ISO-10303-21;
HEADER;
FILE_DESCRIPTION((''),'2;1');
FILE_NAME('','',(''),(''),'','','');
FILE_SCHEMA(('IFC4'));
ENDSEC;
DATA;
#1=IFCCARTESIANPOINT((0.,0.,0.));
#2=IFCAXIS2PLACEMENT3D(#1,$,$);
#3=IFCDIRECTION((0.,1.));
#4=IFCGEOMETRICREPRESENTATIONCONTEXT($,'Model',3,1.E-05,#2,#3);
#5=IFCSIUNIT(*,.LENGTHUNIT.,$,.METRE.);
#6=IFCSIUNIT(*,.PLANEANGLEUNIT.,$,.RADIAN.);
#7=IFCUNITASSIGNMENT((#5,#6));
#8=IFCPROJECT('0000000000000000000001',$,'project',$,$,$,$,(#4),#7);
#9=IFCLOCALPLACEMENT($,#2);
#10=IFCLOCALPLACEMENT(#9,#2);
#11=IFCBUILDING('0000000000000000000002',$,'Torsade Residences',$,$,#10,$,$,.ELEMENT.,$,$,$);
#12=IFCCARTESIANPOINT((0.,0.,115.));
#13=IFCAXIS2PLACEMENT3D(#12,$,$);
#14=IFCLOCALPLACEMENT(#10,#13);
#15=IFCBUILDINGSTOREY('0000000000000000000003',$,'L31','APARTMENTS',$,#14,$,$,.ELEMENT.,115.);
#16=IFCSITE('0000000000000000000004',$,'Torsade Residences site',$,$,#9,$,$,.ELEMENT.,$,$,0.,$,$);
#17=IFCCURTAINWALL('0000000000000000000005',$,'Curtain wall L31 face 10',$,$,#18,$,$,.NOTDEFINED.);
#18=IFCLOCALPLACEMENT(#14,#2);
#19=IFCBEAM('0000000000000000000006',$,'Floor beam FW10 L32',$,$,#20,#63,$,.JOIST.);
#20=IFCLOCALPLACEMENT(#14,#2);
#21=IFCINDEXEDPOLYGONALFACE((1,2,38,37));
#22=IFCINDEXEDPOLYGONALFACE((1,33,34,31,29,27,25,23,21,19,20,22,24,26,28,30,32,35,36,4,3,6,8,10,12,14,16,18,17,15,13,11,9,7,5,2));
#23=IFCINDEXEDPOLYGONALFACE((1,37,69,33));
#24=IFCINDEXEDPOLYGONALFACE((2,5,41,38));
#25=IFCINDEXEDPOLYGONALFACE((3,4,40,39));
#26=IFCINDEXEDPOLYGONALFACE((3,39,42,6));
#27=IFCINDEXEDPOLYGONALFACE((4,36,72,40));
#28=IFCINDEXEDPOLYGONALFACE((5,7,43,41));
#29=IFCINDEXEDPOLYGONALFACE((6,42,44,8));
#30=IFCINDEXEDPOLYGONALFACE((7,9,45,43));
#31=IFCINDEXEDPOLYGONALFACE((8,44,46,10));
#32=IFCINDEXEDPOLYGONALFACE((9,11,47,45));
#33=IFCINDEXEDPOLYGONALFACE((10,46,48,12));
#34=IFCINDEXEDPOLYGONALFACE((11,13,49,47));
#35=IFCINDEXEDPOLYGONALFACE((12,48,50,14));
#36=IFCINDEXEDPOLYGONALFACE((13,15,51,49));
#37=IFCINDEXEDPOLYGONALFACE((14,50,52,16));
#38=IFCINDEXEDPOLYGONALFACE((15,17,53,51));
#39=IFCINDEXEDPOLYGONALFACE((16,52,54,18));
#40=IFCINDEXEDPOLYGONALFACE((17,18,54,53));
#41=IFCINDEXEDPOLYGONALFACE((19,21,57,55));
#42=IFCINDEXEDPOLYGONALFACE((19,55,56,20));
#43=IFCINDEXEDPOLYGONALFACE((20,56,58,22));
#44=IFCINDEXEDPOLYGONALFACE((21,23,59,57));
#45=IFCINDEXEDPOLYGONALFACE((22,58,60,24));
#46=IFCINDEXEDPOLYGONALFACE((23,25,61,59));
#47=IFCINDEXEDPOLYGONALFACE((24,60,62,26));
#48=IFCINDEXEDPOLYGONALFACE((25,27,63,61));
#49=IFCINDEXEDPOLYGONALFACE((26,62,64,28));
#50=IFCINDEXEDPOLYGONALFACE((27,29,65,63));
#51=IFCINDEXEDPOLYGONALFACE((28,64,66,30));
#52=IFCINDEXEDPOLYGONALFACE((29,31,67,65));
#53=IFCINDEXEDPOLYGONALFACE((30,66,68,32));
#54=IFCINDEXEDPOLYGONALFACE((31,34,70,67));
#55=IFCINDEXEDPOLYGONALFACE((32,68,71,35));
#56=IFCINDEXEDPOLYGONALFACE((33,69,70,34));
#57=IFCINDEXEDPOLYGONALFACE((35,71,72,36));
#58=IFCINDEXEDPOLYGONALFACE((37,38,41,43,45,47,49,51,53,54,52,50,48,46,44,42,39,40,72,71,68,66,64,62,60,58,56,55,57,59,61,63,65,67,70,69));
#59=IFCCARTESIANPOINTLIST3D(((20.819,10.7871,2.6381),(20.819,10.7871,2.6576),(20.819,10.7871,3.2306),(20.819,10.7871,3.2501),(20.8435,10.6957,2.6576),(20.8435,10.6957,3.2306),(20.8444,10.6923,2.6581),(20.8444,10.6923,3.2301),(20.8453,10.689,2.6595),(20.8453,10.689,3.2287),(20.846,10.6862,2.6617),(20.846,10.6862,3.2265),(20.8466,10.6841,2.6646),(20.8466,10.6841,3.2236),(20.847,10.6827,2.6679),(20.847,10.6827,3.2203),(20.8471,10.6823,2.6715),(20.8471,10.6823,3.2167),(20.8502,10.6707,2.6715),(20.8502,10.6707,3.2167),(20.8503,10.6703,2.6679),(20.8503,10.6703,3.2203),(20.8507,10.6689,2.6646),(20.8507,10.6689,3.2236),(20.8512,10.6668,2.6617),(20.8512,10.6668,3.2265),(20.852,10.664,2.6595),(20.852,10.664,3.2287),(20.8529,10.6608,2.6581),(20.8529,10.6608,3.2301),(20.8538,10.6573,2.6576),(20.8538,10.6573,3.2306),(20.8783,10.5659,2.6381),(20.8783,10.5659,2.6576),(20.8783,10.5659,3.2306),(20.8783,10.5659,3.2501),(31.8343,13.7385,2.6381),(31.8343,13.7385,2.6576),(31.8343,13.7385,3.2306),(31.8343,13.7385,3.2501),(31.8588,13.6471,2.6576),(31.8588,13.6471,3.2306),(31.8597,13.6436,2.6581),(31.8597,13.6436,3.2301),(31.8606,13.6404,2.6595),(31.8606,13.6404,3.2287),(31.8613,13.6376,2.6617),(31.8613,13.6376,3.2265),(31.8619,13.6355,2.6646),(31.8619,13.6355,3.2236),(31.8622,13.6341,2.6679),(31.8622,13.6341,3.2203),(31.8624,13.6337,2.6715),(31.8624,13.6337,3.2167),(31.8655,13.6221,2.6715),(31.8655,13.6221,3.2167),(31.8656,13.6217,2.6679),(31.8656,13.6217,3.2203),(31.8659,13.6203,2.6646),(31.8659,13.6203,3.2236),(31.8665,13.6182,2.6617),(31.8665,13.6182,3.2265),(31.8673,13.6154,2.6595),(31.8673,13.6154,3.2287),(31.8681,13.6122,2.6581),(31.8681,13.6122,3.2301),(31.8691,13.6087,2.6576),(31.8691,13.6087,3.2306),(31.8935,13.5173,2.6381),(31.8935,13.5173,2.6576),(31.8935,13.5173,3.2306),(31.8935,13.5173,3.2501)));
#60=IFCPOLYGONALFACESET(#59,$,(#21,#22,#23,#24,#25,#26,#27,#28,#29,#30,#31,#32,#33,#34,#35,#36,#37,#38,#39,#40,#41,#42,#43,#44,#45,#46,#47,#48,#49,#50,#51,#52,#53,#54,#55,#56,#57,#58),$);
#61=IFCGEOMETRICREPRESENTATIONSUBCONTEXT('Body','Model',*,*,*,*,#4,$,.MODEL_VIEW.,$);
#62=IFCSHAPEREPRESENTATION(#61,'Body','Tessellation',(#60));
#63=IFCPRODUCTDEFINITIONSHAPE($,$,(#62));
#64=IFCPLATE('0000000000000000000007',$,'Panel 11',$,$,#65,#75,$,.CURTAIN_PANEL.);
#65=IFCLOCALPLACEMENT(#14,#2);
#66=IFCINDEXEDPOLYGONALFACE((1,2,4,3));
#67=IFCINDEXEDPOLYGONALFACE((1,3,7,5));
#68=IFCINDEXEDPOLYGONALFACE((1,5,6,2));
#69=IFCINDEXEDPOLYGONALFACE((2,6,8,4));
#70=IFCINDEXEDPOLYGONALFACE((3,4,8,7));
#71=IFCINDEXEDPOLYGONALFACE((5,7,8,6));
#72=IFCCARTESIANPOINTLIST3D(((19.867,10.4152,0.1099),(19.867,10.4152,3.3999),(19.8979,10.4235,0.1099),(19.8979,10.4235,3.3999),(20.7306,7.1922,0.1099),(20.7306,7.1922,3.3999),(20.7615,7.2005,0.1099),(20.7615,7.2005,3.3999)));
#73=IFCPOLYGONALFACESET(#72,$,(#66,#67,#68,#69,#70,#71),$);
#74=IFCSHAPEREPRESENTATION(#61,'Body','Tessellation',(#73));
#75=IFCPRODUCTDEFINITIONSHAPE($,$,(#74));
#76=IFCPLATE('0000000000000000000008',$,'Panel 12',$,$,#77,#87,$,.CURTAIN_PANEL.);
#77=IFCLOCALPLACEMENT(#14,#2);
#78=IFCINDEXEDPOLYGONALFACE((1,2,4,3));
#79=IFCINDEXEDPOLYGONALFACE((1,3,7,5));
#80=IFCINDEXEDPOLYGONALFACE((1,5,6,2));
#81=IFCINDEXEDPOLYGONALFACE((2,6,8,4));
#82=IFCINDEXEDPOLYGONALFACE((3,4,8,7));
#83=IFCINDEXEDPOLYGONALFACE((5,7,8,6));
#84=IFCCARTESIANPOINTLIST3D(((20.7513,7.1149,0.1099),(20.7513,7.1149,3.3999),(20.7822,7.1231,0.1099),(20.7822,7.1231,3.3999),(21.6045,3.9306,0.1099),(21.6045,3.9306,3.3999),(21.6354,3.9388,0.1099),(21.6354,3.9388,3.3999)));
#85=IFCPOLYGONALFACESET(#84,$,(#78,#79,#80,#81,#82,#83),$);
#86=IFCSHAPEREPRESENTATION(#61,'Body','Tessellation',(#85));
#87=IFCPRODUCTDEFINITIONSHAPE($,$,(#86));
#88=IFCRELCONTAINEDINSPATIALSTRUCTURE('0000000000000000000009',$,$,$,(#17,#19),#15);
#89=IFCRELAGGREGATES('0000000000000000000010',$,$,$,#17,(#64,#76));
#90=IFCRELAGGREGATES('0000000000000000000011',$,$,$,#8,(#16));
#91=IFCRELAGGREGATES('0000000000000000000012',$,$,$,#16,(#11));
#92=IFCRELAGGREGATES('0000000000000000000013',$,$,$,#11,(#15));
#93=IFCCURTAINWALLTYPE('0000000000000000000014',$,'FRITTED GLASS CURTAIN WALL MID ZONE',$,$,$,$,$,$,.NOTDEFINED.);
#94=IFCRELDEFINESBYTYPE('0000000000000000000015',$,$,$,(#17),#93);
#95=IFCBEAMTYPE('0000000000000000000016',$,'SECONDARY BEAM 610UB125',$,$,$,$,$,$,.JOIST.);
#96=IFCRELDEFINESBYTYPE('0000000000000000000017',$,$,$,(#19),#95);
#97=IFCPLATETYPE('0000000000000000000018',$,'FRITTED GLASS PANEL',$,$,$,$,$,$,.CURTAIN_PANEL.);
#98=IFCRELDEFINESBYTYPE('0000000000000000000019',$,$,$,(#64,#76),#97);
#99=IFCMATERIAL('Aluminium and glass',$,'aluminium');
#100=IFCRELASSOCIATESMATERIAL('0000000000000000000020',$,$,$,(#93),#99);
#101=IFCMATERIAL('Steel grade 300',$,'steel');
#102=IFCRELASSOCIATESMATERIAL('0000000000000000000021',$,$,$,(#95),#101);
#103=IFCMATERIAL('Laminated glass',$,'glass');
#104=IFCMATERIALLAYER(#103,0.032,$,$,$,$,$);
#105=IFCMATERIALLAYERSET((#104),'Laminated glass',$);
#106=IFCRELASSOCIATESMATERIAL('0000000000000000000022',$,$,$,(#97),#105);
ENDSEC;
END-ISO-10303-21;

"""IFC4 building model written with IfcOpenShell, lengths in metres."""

from ifc_helpers import new_model, si_unit, direction, frame, origin, origin_2d, place, context, subcontext, project, spatial, rectangle, i_section, extrude, material, layer, layer_set, material_profile, profile_set, type_object, element, aggregate, save


model = new_model("IFC4")

# Units and contexts
model_context = context("Model", 3, precision=1e-05, world=origin(), true_north=direction((0.0, 1.0)))
body_context = subcontext(model_context, "Body", "Model", "MODEL_VIEW")
ifc_project = project(units=[si_unit("LENGTHUNIT", "METRE"), si_unit("PLANEANGLEUNIT", "RADIAN")], contexts=[model_context])

# Site, building, storey
site_placement = place(None, origin())
site = spatial("IfcSite", under=ifc_project, at=site_placement, Name="Torsade Residences site", CompositionType="ELEMENT", RefElevation=0.0)
building_placement = place(site_placement, origin())
building = spatial("IfcBuilding", under=site, at=building_placement, Name="Torsade Residences", CompositionType="ELEMENT")
storey_placement = place(building_placement, frame((0.0, 0.0, 115.0)))
storey = spatial("IfcBuildingStorey", under=building, at=storey_placement, Name="L31", Description="APARTMENTS", CompositionType="ELEMENT", Elevation=115.0)

# Curtain wall
ifc_material_1 = material(Name="Aluminium and glass", Category="aluminium")
curtain_wall_type = type_object("IfcCurtainWallType", Name="FRITTED GLASS CURTAIN WALL MID ZONE", PredefinedType="NOTDEFINED", material=ifc_material_1)
curtain_wall_placement = place(storey_placement, origin())
curtain_wall = element("IfcCurtainWall", 1, at=curtain_wall_placement, inside=storey, type_object=curtain_wall_type, Name="Curtain wall L31 face 10", PredefinedType="NOTDEFINED")

# Beam
ifc_material_2 = material(Name="Steel grade 300", Category="steel")
ifc_material_profile_1 = material_profile(ifc_material_2, i_section(OverallWidth=0.229, OverallDepth=0.6121, WebThickness=0.012, FlangeThickness=0.0195, FilletRadius=0.0139, at=origin_2d()), Name="610UB125")
ifc_profile_set_1 = profile_set([ifc_material_profile_1], Name="Steel grade 300")
beam_type_1 = type_object("IfcBeamType", Name="SECONDARY BEAM 610UB125", PredefinedType="JOIST", material=ifc_profile_set_1)
beam_1_placement = place(storey_placement, frame((20.8486, 10.6765, 2.9441), z_axis=(0.965929, 0.258807, 0.0), x_axis=(-0.258807, 0.965929, 0.0)))
element("IfcBeam", 2, at=beam_1_placement, inside=storey, type_object=beam_type_1, Name="Floor beam FW10 L32", PredefinedType="JOIST", context=body_context, shape_type="SweptSolid", body=[
    extrude(i_section(OverallWidth=0.229, OverallDepth=0.6121, WebThickness=0.012, FlangeThickness=0.0195, FilletRadius=0.0139, at=origin_2d()), origin(), (0.0, 0.0, 1.0), 11.4038),
])

# Plates
ifc_material_3 = material(Name="Laminated glass", Category="glass")
ifc_layer_1 = layer(ifc_material_3, 0.032)
ifc_layer_set_1 = layer_set([ifc_layer_1], Name="Laminated glass")
plate_type = type_object("IfcPlateType", Name="FRITTED GLASS PANEL", PredefinedType="CURTAIN_PANEL", material=ifc_layer_set_1)
plate_1_placement = place(storey_placement, frame((20.3142, 8.8079, 0.1099), z_axis=(0.0, 0.0, 1.0), x_axis=(0.258819, -0.965926, 0.0)))
plate_1 = element("IfcPlate", 3, at=plate_1_placement, type_object=plate_type, Name="Panel 11", PredefinedType="CURTAIN_PANEL", context=body_context, shape_type="SweptSolid", body=[
    extrude(rectangle(XDim=3.3367, YDim=0.032, at=origin_2d()), origin(), (0.0, 0.0, 1.0), 3.29),
])
plate_2_placement = place(storey_placement, frame((21.1934, 5.5269, 0.1099), z_axis=(0.0, 0.0, 1.0), x_axis=(0.258819, -0.965926, 0.0)))
plate_2 = element("IfcPlate", 4, at=plate_2_placement, type_object=plate_type, Name="Panel 12", PredefinedType="CURTAIN_PANEL", context=body_context, shape_type="SweptSolid", body=[
    extrude(rectangle(XDim=3.2966, YDim=0.032, at=origin_2d()), origin(), (0.0, 0.0, 1.0), 3.29),
])
aggregate(curtain_wall, [plate_1, plate_2])

save(model, "model.ifc")
